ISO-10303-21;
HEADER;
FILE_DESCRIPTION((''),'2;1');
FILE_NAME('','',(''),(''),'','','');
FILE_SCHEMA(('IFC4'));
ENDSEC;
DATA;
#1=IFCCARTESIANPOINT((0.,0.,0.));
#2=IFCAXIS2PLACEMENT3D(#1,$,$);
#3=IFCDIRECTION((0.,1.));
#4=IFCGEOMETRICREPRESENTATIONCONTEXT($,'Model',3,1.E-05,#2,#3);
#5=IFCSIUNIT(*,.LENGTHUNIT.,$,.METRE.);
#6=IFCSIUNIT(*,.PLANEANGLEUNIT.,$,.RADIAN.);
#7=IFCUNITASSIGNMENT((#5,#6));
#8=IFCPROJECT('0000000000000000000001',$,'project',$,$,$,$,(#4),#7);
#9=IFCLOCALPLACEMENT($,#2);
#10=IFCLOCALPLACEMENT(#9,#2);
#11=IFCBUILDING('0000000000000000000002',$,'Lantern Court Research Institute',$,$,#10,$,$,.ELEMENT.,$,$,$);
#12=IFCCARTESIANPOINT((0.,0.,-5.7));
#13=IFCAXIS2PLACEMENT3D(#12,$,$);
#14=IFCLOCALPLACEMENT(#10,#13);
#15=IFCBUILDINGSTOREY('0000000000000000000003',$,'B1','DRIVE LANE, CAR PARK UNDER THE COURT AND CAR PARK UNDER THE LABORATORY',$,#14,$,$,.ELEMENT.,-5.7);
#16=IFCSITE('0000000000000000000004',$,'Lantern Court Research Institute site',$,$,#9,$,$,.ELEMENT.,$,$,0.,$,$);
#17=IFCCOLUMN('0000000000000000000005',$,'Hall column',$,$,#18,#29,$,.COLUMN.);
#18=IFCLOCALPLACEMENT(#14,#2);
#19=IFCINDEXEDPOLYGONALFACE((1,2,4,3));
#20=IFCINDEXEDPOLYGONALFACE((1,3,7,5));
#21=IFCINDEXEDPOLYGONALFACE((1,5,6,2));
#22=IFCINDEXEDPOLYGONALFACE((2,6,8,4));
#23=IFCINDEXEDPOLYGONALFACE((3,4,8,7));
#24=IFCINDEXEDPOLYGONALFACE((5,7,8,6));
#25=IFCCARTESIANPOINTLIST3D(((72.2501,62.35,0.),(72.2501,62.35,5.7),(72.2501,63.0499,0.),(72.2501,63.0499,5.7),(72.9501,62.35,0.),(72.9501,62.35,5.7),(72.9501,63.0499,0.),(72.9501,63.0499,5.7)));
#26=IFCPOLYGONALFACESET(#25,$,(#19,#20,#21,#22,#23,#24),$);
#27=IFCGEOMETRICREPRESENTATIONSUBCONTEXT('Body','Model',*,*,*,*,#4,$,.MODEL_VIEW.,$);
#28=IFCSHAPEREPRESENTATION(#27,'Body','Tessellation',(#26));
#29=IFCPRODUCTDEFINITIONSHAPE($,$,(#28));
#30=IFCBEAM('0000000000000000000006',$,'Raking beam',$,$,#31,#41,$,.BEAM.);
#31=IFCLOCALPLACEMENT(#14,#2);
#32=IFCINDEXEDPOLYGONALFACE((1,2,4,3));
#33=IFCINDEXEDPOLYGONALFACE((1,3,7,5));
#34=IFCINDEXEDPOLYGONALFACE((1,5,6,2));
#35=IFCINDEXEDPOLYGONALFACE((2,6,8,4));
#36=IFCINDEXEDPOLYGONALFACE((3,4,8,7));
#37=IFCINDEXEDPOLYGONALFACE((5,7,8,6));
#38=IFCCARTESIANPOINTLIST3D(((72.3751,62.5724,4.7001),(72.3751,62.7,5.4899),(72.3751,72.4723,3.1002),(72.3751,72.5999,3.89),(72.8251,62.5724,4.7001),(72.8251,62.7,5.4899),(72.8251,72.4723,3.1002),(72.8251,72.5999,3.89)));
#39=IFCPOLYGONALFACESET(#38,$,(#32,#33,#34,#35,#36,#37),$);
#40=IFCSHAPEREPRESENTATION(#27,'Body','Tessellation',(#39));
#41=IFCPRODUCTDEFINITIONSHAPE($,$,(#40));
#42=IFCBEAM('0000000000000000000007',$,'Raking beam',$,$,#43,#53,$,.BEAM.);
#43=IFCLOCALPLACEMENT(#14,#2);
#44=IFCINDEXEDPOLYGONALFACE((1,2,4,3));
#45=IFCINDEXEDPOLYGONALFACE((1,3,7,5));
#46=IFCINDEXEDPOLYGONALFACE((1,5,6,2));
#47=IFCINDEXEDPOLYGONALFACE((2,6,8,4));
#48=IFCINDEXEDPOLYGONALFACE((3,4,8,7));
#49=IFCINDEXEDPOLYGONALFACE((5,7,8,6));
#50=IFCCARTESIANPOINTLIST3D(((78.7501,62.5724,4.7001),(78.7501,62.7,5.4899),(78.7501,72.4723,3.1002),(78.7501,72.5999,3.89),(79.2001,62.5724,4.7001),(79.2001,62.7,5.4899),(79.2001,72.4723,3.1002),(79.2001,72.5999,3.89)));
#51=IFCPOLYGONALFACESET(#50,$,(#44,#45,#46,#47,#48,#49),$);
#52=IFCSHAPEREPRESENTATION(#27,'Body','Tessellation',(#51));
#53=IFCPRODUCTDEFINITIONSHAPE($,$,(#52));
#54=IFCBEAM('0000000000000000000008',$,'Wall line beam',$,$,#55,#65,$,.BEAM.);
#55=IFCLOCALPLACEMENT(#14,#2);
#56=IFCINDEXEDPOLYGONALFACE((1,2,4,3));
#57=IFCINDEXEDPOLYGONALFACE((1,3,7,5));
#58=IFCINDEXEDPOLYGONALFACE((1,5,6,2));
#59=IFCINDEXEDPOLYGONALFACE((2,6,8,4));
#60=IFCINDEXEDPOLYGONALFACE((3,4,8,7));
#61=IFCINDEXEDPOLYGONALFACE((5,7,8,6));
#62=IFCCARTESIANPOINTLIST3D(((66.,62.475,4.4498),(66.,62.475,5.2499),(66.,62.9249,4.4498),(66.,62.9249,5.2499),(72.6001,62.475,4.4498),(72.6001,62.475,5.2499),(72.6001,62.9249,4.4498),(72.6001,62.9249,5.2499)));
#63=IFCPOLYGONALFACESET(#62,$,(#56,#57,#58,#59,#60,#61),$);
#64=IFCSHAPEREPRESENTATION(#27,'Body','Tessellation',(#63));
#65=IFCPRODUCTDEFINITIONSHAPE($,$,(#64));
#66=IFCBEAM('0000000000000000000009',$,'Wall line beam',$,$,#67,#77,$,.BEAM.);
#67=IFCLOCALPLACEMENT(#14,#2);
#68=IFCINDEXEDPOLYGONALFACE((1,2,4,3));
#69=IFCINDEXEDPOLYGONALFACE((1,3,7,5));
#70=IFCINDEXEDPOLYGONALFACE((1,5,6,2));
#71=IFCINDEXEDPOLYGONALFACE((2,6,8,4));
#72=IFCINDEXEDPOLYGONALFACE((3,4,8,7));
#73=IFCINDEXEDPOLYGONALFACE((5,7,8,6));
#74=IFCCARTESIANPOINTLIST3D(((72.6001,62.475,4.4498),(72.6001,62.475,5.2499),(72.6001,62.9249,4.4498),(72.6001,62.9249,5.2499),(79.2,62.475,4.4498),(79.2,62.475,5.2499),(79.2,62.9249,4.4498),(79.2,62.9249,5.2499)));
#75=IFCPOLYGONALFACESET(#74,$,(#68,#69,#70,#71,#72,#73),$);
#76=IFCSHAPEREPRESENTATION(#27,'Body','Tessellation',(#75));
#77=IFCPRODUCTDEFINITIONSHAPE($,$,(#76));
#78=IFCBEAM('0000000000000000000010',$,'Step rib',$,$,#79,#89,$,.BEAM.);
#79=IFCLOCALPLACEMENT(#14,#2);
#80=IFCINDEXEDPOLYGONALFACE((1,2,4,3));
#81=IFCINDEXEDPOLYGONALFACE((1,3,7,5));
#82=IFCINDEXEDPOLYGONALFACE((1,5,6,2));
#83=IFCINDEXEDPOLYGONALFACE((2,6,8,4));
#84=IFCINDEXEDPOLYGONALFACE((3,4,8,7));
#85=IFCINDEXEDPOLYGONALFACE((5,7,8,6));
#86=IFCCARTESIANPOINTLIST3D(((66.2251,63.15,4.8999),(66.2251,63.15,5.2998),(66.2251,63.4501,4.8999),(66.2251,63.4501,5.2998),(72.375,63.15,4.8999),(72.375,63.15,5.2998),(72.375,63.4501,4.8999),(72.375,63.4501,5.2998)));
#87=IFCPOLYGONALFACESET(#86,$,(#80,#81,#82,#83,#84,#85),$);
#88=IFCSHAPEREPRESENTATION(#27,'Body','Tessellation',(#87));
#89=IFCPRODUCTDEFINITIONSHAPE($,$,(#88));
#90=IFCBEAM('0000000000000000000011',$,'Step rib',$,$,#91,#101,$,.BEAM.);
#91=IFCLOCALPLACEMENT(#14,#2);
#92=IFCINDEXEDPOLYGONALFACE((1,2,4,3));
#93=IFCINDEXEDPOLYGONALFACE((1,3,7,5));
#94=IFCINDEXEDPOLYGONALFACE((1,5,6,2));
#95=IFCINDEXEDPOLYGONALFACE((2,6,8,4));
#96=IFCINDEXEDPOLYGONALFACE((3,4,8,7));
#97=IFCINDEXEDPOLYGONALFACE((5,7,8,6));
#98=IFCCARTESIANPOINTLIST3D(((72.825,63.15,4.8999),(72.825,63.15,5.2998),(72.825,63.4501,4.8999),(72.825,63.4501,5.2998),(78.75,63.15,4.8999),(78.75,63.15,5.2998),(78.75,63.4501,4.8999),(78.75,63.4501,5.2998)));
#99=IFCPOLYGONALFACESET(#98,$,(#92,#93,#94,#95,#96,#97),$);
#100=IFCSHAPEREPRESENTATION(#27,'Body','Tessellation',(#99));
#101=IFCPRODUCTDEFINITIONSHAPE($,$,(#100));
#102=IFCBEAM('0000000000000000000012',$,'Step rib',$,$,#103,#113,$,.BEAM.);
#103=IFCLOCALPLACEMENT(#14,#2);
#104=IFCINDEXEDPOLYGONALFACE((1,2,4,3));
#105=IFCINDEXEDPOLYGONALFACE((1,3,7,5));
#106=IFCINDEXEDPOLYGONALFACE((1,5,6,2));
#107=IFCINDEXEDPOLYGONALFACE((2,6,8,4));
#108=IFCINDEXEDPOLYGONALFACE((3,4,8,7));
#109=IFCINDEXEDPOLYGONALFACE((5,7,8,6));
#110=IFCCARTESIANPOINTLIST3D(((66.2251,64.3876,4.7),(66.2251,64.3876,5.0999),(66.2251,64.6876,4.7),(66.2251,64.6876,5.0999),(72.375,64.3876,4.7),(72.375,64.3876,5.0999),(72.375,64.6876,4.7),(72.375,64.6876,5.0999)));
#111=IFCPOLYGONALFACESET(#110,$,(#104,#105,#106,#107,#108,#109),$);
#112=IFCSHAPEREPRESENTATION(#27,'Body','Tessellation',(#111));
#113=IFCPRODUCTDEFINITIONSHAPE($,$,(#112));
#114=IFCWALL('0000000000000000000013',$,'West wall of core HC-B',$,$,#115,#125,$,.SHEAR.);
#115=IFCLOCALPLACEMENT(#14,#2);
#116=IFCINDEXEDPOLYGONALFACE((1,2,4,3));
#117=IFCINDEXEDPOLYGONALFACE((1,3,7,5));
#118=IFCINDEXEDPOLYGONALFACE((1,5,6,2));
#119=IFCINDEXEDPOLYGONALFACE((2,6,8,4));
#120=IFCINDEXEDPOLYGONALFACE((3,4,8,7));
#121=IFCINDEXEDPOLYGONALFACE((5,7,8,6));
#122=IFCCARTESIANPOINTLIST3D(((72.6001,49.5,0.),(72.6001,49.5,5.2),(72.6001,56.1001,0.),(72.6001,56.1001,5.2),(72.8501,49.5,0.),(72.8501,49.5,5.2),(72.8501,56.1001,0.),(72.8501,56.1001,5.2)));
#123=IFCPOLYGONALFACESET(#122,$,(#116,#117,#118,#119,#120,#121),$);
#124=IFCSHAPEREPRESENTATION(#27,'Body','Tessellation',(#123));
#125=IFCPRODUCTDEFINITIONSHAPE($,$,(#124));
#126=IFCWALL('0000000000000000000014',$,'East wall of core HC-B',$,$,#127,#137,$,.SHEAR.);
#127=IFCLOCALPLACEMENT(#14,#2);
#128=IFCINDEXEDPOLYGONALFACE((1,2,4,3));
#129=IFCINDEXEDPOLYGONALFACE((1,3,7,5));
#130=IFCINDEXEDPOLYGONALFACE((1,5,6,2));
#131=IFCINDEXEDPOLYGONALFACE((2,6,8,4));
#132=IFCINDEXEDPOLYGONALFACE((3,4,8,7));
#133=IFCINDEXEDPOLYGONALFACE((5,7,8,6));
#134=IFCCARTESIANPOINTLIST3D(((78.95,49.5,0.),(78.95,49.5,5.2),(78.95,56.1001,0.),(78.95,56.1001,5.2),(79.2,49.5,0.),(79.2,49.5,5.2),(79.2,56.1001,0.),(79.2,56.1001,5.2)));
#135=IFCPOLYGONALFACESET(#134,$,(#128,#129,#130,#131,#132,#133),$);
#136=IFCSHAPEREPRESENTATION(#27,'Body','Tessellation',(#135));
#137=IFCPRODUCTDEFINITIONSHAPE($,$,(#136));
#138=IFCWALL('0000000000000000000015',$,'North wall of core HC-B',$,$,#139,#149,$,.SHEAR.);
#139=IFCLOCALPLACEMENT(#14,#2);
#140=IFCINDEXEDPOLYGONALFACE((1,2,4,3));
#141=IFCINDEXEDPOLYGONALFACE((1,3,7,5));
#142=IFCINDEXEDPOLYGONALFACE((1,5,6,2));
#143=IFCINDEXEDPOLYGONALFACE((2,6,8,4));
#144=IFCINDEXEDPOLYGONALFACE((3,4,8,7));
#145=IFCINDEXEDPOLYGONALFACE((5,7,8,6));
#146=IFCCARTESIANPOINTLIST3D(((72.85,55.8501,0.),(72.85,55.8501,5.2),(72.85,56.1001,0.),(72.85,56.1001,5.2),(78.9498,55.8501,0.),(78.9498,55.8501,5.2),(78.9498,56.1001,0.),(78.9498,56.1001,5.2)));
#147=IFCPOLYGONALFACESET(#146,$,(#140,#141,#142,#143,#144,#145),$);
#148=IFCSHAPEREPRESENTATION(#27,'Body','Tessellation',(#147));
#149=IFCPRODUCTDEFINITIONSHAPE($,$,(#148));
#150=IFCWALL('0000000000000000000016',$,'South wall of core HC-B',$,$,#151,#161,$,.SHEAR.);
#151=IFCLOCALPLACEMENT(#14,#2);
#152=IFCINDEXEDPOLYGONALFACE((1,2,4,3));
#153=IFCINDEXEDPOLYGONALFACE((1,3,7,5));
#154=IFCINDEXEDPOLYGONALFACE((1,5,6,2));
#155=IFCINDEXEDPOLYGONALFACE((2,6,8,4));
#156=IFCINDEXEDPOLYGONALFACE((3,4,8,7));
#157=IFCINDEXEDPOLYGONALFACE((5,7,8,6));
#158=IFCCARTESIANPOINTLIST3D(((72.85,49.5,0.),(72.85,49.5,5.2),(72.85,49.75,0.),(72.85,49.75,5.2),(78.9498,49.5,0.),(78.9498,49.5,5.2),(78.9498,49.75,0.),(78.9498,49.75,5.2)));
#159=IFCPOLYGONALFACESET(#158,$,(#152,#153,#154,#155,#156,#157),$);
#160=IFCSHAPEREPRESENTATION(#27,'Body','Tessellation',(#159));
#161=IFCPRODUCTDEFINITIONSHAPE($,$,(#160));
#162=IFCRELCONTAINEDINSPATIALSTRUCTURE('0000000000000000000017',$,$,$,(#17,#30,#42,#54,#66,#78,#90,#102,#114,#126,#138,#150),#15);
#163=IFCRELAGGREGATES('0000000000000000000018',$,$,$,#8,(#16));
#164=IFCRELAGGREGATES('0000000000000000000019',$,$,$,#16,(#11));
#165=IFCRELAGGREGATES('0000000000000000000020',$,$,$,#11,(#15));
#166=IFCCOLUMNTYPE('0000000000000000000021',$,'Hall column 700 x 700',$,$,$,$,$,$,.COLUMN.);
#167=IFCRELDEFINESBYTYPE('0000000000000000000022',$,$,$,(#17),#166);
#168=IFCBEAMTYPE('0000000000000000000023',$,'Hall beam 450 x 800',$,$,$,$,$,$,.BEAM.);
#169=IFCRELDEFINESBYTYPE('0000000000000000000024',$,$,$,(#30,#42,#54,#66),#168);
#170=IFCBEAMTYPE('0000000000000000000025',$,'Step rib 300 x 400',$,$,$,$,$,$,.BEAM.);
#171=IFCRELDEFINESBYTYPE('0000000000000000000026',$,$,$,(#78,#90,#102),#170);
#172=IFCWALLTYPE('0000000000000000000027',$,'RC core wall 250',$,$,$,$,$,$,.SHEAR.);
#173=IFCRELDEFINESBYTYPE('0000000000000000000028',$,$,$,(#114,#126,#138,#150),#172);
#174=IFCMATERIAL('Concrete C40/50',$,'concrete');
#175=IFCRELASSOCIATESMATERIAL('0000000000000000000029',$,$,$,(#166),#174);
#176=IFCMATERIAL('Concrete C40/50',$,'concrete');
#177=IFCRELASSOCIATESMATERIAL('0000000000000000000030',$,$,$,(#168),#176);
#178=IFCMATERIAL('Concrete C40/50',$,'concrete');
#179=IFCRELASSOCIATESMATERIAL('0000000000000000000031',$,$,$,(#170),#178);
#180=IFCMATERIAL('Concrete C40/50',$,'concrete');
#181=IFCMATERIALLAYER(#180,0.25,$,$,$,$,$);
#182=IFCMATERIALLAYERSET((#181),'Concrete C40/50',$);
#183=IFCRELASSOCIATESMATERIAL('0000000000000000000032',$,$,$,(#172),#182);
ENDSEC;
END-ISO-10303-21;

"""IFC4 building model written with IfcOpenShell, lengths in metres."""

from ifc_helpers import new_model, si_unit, direction, frame, frame_2d, origin, origin_2d, place, context, subcontext, project, spatial, rectangle, extrude, material, layer, layer_set, material_profile, profile_set, type_object, element, save


model = new_model("IFC4")

# Units and contexts
model_context = context("Model", 3, precision=1e-05, world=origin(), true_north=direction((0.0, 1.0)))
body_context = subcontext(model_context, "Body", "Model", "MODEL_VIEW")
ifc_project = project(units=[si_unit("LENGTHUNIT", "METRE"), si_unit("PLANEANGLEUNIT", "RADIAN")], contexts=[model_context])

# Site, building, storey
site_placement = place(None, origin())
site = spatial("IfcSite", under=ifc_project, at=site_placement, Name="Lantern Court Research Institute site", CompositionType="ELEMENT", RefElevation=0.0)
building_placement = place(site_placement, origin())
building = spatial("IfcBuilding", under=site, at=building_placement, Name="Lantern Court Research Institute", CompositionType="ELEMENT")
storey_placement = place(building_placement, frame((0.0, 0.0, -5.7)))
storey = spatial("IfcBuildingStorey", under=building, at=storey_placement, Name="B1", Description="DRIVE LANE, CAR PARK UNDER THE COURT AND CAR PARK UNDER THE LABORATORY", CompositionType="ELEMENT", Elevation=-5.7)

# Column
ifc_material_1 = material(Name="Concrete C40/50", Category="concrete")
ifc_material_profile_1 = material_profile(ifc_material_1, rectangle(XDim=0.7, YDim=0.7, at=origin_2d()), Name="Hall column 700 x 700")
ifc_profile_set_1 = profile_set([ifc_material_profile_1], Name="Concrete C40/50")
column_type = type_object("IfcColumnType", Name="Hall column 700 x 700", PredefinedType="COLUMN", material=ifc_profile_set_1)
for number, where, z_axis, x_axis, name in (
    (1, (72.6001, 62.7, 0.0), (0.0, 0.0, 1.0), (1.0, 0.0, 0.0), "Hall column"),
):
    element("IfcColumn", number, at=place(storey_placement, frame(where, z_axis=z_axis, x_axis=x_axis)), inside=storey, type_object=column_type, Name=name, PredefinedType="COLUMN", context=body_context, shape_type="SweptSolid", body=[
        extrude(rectangle(XDim=0.7, YDim=0.7, at=origin_2d()), origin(), (0.0, 0.0, 1.0), 5.7),
    ])

# Beams
ifc_material_2 = material(Name="Concrete C40/50", Category="concrete")
ifc_material_profile_2 = material_profile(ifc_material_2, rectangle(XDim=0.45, YDim=0.8, at=origin_2d()), Name="Hall beam 450 x 800")
ifc_profile_set_2 = profile_set([ifc_material_profile_2], Name="Concrete C40/50")
beam_type_1 = type_object("IfcBeamType", Name="Hall beam 450 x 800", PredefinedType="BEAM", material=ifc_profile_set_2)
for number, where, z_axis, x_axis, name in (
    (2, (72.6001, 62.6362, 5.095), (0.0, 0.987193, -0.159533), (-1.0, 0.0, 0.0), "Raking beam"),
    (3, (78.9751, 62.6362, 5.095), (0.0, 0.987193, -0.159533), (-1.0, 0.0, 0.0), "Raking beam"),
):
    element("IfcBeam", number, at=place(storey_placement, frame(where, z_axis=z_axis, x_axis=x_axis)), inside=storey, type_object=beam_type_1, Name=name, PredefinedType="BEAM", context=body_context, shape_type="SweptSolid", body=[
        extrude(rectangle(XDim=0.45, YDim=0.8, at=origin_2d()), origin(), (0.0, 0.0, 1.0), 10.0283),
    ])
beam_1_placement = place(storey_placement, frame((66.0, 62.7, 4.8499), z_axis=(1.0, 0.0, 0.0), x_axis=(0.0, 1.0, 0.0)))
element("IfcBeam", 4, at=beam_1_placement, inside=storey, type_object=beam_type_1, Name="Wall line beam", PredefinedType="BEAM", context=body_context, shape_type="SweptSolid", body=[
    extrude(rectangle(XDim=0.45, YDim=0.8, at=origin_2d()), origin(), (0.0, 0.0, 1.0), 6.6001),
])
beam_2_placement = place(storey_placement, frame((72.6001, 62.7, 4.8499), z_axis=(1.0, 0.0, 0.0), x_axis=(0.0, 1.0, 0.0)))
element("IfcBeam", 5, at=beam_2_placement, inside=storey, type_object=beam_type_1, Name="Wall line beam", PredefinedType="BEAM", context=body_context, shape_type="SweptSolid", body=[
    extrude(rectangle(XDim=0.45, YDim=0.8, at=origin_2d()), origin(), (0.0, 0.0, 1.0), 6.5999),
])
ifc_material_3 = material(Name="Concrete C40/50", Category="concrete")
ifc_material_profile_3 = material_profile(ifc_material_3, rectangle(XDim=0.3, YDim=0.3999, at=origin_2d()), Name="Step rib 300 x 400")
ifc_profile_set_3 = profile_set([ifc_material_profile_3], Name="Concrete C40/50")
beam_type_2 = type_object("IfcBeamType", Name="Step rib 300 x 400", PredefinedType="BEAM", material=ifc_profile_set_3)
beam_3_placement = place(storey_placement, frame((66.2251, 63.3, 5.0999), z_axis=(1.0, 0.0, 0.0), x_axis=(0.0, 1.0, 0.0)))
element("IfcBeam", 6, at=beam_3_placement, inside=storey, type_object=beam_type_2, Name="Step rib", PredefinedType="BEAM", context=body_context, shape_type="SweptSolid", body=[
    extrude(rectangle(XDim=0.3, YDim=0.3999, at=origin_2d()), origin(), (0.0, 0.0, 1.0), 6.1499),
])
beam_4_placement = place(storey_placement, frame((72.825, 63.3, 5.0999), z_axis=(1.0, 0.0, 0.0), x_axis=(0.0, 1.0, 0.0)))
element("IfcBeam", 7, at=beam_4_placement, inside=storey, type_object=beam_type_2, Name="Step rib", PredefinedType="BEAM", context=body_context, shape_type="SweptSolid", body=[
    extrude(rectangle(XDim=0.3, YDim=0.3999, at=origin_2d()), origin(), (0.0, 0.0, 1.0), 5.925),
])
beam_5_placement = place(storey_placement, frame((66.2251, 64.5376, 4.8999), z_axis=(1.0, 0.0, 0.0), x_axis=(0.0, 1.0, 0.0)))
element("IfcBeam", 8, at=beam_5_placement, inside=storey, type_object=beam_type_2, Name="Step rib", PredefinedType="BEAM", context=body_context, shape_type="SweptSolid", body=[
    extrude(rectangle(XDim=0.3, YDim=0.3999, at=origin_2d()), origin(), (0.0, 0.0, 1.0), 6.1499),
])

# Walls
ifc_material_4 = material(Name="Concrete C40/50", Category="concrete")
ifc_layer = layer(ifc_material_4, 0.25)
ifc_layer_set = layer_set([ifc_layer], Name="Concrete C40/50")
wall_type = type_object("IfcWallType", Name="RC core wall 250", PredefinedType="SHEAR", material=ifc_layer_set)
for number, where, z_axis, x_axis, name in (
    (9, (72.7251, 56.1001, 0.0), (0.0, 0.0, 1.0), (0.0, -1.0, 0.0), "West wall of core HC-B"),
    (10, (79.075, 56.1001, 0.0), (0.0, 0.0, 1.0), (0.0, -1.0, 0.0), "East wall of core HC-B"),
):
    element("IfcWall", number, at=place(storey_placement, frame(where, z_axis=z_axis, x_axis=x_axis)), inside=storey, type_object=wall_type, Name=name, PredefinedType="SHEAR", context=body_context, shape_type="SweptSolid", body=[
        extrude(rectangle(XDim=6.6001, YDim=0.25, at=frame_2d((3.3, 0.0))), origin(), (0.0, 0.0, 1.0), 5.2),
    ])
for number, where, z_axis, x_axis, name in (
    (11, (72.8501, 55.9751, 0.0), (0.0, 0.0, 1.0), (1.0, 0.0, 0.0), "North wall of core HC-B"),
    (12, (72.8501, 49.625, 0.0), (0.0, 0.0, 1.0), (1.0, 0.0, 0.0), "South wall of core HC-B"),
):
    element("IfcWall", number, at=place(storey_placement, frame(where, z_axis=z_axis, x_axis=x_axis)), inside=storey, type_object=wall_type, Name=name, PredefinedType="SHEAR", context=body_context, shape_type="SweptSolid", body=[
        extrude(rectangle(XDim=6.0999, YDim=0.25, at=frame_2d((3.0498, 0.0))), origin(), (0.0, 0.0, 1.0), 5.2),
    ])

save(model, "model.ifc")
